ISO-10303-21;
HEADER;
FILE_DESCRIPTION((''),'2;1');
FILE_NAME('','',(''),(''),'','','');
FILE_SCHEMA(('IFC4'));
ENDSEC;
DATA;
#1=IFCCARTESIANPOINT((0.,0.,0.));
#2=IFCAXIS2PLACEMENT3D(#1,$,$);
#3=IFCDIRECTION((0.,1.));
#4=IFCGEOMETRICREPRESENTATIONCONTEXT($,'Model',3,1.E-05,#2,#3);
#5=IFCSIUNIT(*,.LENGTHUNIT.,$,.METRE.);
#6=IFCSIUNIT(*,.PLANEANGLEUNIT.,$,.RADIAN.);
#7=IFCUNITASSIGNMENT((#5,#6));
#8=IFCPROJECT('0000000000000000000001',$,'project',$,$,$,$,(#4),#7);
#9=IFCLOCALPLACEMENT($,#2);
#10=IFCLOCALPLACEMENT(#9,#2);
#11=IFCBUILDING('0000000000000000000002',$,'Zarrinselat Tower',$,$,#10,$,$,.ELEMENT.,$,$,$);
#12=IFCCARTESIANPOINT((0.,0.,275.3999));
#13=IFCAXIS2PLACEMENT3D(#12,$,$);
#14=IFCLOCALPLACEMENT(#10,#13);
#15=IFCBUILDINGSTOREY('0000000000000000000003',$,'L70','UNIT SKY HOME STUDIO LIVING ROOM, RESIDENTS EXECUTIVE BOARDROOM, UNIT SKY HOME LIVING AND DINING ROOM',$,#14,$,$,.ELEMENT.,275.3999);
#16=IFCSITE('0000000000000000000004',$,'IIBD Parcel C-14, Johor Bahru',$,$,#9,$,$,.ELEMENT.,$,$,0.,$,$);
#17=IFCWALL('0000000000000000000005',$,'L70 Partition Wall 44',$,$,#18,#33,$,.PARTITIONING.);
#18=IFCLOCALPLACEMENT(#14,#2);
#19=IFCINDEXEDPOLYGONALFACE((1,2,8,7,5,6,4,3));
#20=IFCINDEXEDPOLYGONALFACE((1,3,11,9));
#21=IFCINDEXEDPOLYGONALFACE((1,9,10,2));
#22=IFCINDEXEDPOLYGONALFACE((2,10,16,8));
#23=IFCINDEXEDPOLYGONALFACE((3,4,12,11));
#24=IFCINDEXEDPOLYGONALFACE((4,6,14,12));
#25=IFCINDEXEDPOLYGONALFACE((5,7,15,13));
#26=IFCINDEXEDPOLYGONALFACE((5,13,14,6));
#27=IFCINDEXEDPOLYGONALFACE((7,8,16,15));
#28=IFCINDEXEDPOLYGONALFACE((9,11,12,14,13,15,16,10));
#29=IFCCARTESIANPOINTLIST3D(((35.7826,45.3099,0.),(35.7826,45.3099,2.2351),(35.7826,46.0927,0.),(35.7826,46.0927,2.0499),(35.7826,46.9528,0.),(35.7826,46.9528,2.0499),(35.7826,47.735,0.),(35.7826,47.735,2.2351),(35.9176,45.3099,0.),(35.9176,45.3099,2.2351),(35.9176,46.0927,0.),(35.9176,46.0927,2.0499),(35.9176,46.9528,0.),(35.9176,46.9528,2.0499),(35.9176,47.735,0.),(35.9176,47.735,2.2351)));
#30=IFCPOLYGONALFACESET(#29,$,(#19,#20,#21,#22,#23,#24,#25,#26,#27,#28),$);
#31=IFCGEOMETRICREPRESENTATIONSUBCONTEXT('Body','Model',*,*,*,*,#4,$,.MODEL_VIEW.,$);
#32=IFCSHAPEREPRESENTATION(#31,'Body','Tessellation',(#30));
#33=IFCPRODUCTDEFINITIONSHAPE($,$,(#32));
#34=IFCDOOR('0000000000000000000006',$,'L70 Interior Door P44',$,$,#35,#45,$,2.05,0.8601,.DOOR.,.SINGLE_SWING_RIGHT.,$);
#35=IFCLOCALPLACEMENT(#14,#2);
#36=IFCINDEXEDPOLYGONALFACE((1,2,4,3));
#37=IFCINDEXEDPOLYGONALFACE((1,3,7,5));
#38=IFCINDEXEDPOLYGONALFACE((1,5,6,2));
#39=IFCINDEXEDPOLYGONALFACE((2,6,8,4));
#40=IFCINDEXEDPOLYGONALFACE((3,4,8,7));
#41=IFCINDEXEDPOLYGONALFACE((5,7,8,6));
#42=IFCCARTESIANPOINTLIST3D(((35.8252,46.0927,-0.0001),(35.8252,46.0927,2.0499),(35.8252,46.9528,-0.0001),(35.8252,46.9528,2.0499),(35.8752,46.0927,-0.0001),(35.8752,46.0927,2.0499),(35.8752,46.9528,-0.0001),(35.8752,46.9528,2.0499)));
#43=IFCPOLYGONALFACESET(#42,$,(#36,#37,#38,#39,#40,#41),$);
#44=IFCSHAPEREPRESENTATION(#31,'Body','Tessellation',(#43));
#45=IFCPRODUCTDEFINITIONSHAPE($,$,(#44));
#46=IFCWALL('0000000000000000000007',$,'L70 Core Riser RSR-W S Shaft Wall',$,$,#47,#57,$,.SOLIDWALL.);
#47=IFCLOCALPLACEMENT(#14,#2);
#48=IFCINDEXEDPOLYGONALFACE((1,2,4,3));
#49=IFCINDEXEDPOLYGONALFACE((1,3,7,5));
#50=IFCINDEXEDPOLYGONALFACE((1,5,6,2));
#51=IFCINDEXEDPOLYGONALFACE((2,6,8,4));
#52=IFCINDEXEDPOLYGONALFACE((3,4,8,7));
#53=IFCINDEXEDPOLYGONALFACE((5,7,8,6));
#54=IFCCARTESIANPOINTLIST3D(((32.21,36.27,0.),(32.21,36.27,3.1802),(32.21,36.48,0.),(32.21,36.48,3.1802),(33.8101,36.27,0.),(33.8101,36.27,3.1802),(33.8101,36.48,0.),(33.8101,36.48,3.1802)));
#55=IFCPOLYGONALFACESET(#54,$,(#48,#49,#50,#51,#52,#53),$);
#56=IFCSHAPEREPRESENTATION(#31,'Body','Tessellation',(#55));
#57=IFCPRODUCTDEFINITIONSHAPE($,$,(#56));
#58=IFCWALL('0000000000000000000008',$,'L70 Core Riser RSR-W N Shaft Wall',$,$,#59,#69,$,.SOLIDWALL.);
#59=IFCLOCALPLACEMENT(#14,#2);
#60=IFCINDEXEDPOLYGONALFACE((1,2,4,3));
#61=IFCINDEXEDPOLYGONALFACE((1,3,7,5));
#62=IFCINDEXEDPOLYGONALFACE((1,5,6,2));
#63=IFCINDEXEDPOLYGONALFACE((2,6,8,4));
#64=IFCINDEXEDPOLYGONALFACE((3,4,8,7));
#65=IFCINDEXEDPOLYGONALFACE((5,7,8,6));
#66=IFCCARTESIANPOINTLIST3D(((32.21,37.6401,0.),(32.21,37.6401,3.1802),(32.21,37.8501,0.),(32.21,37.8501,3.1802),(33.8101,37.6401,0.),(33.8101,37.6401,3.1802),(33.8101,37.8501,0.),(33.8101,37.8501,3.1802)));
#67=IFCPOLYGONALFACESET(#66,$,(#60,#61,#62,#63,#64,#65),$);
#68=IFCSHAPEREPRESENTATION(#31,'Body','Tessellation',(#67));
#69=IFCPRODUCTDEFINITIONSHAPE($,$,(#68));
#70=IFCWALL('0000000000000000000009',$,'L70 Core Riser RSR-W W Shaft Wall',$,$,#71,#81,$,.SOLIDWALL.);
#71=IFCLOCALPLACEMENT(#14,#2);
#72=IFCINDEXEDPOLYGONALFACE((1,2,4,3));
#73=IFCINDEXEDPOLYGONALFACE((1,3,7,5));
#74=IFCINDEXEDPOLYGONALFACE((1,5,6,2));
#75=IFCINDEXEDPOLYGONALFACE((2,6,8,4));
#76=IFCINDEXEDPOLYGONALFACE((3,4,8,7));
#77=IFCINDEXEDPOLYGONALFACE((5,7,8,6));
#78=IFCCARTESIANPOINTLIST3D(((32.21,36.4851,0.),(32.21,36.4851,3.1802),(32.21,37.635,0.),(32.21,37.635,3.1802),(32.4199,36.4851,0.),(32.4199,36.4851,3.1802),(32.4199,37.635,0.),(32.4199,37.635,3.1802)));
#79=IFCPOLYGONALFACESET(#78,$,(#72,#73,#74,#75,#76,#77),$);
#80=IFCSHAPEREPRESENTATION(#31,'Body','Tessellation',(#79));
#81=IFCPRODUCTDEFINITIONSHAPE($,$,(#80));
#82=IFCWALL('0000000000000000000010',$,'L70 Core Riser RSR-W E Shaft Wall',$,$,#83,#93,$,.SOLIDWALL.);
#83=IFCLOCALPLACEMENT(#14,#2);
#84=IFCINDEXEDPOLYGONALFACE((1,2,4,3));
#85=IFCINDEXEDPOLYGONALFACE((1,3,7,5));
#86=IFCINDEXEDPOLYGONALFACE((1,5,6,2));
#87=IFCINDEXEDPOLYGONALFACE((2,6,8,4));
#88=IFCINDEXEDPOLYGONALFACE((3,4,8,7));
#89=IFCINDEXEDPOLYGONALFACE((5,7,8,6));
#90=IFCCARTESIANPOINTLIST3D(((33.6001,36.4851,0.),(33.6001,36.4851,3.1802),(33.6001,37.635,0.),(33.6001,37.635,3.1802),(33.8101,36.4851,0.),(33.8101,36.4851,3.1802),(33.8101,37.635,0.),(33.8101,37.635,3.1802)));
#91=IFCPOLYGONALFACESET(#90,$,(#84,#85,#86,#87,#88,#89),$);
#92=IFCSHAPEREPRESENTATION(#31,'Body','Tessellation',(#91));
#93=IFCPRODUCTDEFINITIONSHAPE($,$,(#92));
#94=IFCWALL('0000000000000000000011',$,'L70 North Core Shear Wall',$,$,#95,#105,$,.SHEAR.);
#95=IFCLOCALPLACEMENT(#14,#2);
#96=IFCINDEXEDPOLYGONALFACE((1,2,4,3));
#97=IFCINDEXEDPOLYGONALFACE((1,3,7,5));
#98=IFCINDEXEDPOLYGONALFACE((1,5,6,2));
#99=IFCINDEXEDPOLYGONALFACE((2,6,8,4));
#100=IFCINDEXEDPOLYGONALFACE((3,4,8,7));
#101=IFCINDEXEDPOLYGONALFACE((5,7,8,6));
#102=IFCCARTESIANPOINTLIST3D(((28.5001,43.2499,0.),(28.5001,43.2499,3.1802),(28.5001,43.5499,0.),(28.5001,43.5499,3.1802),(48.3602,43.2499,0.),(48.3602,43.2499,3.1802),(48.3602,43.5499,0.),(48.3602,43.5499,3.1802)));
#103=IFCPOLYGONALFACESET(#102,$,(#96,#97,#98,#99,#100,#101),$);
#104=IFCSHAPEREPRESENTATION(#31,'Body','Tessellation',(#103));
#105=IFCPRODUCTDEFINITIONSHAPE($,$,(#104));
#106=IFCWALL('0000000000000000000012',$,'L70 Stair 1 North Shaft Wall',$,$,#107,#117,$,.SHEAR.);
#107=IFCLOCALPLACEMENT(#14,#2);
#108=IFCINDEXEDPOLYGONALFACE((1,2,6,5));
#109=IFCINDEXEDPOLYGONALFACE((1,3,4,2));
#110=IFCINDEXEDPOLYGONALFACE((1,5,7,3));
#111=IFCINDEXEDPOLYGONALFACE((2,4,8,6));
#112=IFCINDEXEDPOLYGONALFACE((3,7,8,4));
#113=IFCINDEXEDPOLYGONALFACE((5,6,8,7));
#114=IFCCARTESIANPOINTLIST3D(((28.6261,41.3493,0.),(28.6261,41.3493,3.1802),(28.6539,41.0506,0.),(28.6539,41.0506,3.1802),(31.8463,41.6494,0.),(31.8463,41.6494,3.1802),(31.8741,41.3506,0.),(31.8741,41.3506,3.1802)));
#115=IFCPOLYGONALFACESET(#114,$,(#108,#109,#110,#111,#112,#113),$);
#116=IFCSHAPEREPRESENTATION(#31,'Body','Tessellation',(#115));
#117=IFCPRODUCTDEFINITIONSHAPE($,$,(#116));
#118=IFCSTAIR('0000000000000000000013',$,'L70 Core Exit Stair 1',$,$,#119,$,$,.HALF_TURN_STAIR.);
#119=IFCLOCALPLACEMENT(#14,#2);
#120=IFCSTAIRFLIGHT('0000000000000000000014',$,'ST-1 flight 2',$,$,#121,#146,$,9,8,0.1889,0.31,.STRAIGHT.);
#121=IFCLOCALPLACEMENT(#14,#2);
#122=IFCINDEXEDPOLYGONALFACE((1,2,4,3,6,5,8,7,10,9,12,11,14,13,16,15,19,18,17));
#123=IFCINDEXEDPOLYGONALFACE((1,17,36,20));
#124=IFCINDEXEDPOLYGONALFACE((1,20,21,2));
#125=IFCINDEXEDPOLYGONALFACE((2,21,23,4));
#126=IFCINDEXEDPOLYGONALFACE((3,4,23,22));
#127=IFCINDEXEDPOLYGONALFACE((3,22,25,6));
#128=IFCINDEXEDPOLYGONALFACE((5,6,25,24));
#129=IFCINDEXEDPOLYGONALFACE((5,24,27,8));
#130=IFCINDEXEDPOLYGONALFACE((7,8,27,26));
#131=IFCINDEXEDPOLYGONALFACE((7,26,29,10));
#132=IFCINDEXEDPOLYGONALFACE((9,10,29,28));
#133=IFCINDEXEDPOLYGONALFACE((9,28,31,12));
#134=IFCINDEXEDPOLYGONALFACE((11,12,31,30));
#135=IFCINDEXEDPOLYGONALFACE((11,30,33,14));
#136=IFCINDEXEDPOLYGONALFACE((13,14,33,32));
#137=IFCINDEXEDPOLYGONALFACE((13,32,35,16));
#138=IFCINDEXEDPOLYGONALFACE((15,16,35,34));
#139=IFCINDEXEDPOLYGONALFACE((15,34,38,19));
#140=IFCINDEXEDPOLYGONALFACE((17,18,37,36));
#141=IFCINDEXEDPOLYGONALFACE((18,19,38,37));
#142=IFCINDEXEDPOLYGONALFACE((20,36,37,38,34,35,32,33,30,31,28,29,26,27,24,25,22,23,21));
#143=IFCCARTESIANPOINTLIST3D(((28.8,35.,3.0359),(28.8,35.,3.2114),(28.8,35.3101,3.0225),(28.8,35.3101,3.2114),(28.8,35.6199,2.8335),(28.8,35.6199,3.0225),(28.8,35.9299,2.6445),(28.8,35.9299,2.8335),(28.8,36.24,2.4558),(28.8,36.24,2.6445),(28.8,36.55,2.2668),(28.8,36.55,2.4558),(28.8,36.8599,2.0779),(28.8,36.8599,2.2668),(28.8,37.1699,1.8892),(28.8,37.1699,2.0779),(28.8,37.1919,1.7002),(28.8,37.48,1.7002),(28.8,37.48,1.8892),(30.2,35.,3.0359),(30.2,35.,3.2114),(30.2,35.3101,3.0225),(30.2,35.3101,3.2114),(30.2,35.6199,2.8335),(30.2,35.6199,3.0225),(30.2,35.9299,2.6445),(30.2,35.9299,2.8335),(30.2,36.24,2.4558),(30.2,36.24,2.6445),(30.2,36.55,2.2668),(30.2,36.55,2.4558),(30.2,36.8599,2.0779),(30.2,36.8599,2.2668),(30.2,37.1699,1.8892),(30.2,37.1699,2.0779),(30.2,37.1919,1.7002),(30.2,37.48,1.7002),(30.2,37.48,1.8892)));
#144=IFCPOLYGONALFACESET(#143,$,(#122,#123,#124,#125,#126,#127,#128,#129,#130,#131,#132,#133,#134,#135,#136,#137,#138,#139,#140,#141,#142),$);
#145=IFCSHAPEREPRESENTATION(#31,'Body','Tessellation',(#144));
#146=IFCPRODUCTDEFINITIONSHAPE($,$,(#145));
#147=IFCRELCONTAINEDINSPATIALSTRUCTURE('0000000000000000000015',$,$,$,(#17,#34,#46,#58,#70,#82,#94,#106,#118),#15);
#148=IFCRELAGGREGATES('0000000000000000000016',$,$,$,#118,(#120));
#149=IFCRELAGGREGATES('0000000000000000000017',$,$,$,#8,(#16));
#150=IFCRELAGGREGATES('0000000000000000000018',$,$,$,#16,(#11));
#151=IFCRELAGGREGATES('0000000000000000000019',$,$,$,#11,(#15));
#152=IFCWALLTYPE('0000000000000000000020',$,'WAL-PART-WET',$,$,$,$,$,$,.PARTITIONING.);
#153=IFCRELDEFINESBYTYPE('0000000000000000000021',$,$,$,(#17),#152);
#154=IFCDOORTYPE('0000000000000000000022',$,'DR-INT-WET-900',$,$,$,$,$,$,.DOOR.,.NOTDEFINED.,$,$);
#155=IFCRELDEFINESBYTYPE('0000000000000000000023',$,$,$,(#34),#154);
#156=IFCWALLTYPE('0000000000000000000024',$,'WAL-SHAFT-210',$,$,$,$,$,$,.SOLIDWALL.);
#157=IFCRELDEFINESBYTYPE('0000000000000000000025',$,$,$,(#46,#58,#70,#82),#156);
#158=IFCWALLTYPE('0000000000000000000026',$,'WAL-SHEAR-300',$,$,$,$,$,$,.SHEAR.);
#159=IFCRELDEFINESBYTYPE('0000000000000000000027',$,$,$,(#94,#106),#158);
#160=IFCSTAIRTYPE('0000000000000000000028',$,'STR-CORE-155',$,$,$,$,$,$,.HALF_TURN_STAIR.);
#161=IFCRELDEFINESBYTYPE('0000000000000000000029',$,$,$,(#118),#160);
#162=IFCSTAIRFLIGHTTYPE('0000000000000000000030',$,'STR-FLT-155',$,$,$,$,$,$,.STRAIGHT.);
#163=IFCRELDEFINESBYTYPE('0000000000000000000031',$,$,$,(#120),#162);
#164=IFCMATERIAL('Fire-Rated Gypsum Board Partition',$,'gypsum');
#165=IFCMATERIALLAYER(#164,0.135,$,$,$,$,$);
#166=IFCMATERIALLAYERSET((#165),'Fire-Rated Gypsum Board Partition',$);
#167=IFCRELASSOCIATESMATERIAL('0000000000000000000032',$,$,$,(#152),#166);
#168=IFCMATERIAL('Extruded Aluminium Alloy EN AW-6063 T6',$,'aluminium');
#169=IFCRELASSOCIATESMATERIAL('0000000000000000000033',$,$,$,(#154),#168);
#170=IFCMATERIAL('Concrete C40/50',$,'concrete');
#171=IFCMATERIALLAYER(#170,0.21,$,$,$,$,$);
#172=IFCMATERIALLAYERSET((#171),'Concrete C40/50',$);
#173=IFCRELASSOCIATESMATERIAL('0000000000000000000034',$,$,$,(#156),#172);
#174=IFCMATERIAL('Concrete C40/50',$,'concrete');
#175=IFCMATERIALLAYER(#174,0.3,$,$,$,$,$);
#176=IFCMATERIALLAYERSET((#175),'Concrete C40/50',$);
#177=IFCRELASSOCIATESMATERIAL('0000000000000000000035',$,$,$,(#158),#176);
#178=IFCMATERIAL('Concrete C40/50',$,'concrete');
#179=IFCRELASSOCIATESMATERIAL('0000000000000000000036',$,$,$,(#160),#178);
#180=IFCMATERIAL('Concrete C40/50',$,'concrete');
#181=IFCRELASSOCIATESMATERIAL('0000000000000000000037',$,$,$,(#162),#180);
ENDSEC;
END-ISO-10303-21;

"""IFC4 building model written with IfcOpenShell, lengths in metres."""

from ifc_helpers import new_model, si_unit, direction, frame, frame_2d, origin, place, context, subcontext, project, spatial, polyline, rectangle, outline, extrude, material, layer, layer_set, type_object, element, fill, aggregate, save


model = new_model("IFC4")

# Units and contexts
model_context = context("Model", 3, precision=1e-05, world=origin(), true_north=direction((0.0, 1.0)))
body_context = subcontext(model_context, "Body", "Model", "MODEL_VIEW")
ifc_project = project(units=[si_unit("LENGTHUNIT", "METRE"), si_unit("PLANEANGLEUNIT", "RADIAN")], contexts=[model_context])

# Site, building, storey
site_placement = place(None, origin())
site = spatial("IfcSite", under=ifc_project, at=site_placement, Name="IIBD Parcel C-14, Johor Bahru", CompositionType="ELEMENT", RefElevation=0.0)
building_placement = place(site_placement, origin())
building = spatial("IfcBuilding", under=site, at=building_placement, Name="Zarrinselat Tower", CompositionType="ELEMENT")
storey_placement = place(building_placement, frame((0.0, 0.0, 275.3999)))
storey = spatial("IfcBuildingStorey", under=building, at=storey_placement, Name="L70", Description="UNIT SKY HOME STUDIO LIVING ROOM, RESIDENTS EXECUTIVE BOARDROOM, UNIT SKY HOME LIVING AND DINING ROOM", CompositionType="ELEMENT", Elevation=275.3999)

# Wall, opening, door
ifc_material_1 = material(Name="Fire-Rated Gypsum Board Partition", Category="gypsum")
ifc_layer_1 = layer(ifc_material_1, 0.135)
ifc_layer_set_1 = layer_set([ifc_layer_1], Name="Fire-Rated Gypsum Board Partition")
wall_type_1 = type_object("IfcWallType", Name="WAL-PART-WET", PredefinedType="PARTITIONING", material=ifc_layer_set_1)
wall_1_placement = place(storey_placement, frame((35.8501, 45.3101, 0.0), z_axis=(0.0, 0.0, 1.0), x_axis=(0.0, 1.0, 0.0)))
wall_1 = element("IfcWall", 1, at=wall_1_placement, inside=storey, type_object=wall_type_1, Name="L70 Partition Wall 44", PredefinedType="PARTITIONING", context=body_context, shape_type="SweptSolid", body=[
    extrude(rectangle(XDim=2.425, YDim=0.135, at=frame_2d((1.2124, 0.0))), origin(), (0.0, 0.0, 1.0), 2.2351),
])
opening_placement = place(wall_1_placement, frame((0.7825, 0.0, 0.0)))
opening = element("IfcOpeningElement", 2, at=opening_placement, cuts=wall_1, PredefinedType="OPENING", context=body_context, shape_type="SweptSolid", body=[
    extrude(rectangle(XDim=0.8601, YDim=2.05, at=frame_2d((0.4302, 1.0249))), frame((0.0, 0.0774, 0.0), z_axis=(0.0, -1.0, 0.0), x_axis=(1.0, 0.0, 0.0)), (0.0, 0.0, 1.0), 0.155),
])
ifc_material_2 = material(Name="Extruded Aluminium Alloy EN AW-6063 T6", Category="aluminium")
door_type = type_object("IfcDoorType", Name="DR-INT-WET-900", OperationType="NOTDEFINED", PredefinedType="DOOR", material=ifc_material_2)
door_placement = place(opening_placement, origin())
door = element("IfcDoor", 3, at=door_placement, inside=storey, type_object=door_type, Name="L70 Interior Door P44", OperationType="SINGLE_SWING_RIGHT", OverallHeight=2.05, OverallWidth=0.8601, PredefinedType="DOOR", context=body_context, shape_type="SweptSolid", body=[
    extrude(rectangle(XDim=0.8601, YDim=2.05, at=frame_2d((0.4302, 1.0249))), frame((0.0, 0.0249, 0.0), z_axis=(0.0, -1.0, 0.0), x_axis=(1.0, 0.0, 0.0)), (0.0, 0.0, 1.0), 0.05),
])
fill(opening, door)

# Walls
ifc_material_3 = material(Name="Concrete C40/50", Category="concrete")
ifc_layer_2 = layer(ifc_material_3, 0.21)
ifc_layer_set_2 = layer_set([ifc_layer_2], Name="Concrete C40/50")
wall_type_2 = type_object("IfcWallType", Name="WAL-SHAFT-210", PredefinedType="SOLIDWALL", material=ifc_layer_set_2)
for number, where, z_axis, x_axis, name in (
    (4, (32.21, 36.375, 0.0), (0.0, 0.0, 1.0), (1.0, 0.0, 0.0), "L70 Core Riser RSR-W S Shaft Wall"),
    (5, (32.21, 37.7451, 0.0), (0.0, 0.0, 1.0), (1.0, 0.0, 0.0), "L70 Core Riser RSR-W N Shaft Wall"),
):
    element("IfcWall", number, at=place(storey_placement, frame(where, z_axis=z_axis, x_axis=x_axis)), inside=storey, type_object=wall_type_2, Name=name, PredefinedType="SOLIDWALL", context=body_context, shape_type="SweptSolid", body=[
        extrude(rectangle(XDim=1.6001, YDim=0.21, at=frame_2d((0.8, 0.0))), origin(), (0.0, 0.0, 1.0), 3.1802),
    ])
for number, where, z_axis, x_axis, name in (
    (6, (32.3149, 36.4851, 0.0), (0.0, 0.0, 1.0), (0.0, 1.0, 0.0), "L70 Core Riser RSR-W W Shaft Wall"),
    (7, (33.7051, 36.4851, 0.0), (0.0, 0.0, 1.0), (0.0, 1.0, 0.0), "L70 Core Riser RSR-W E Shaft Wall"),
):
    element("IfcWall", number, at=place(storey_placement, frame(where, z_axis=z_axis, x_axis=x_axis)), inside=storey, type_object=wall_type_2, Name=name, PredefinedType="SOLIDWALL", context=body_context, shape_type="SweptSolid", body=[
        extrude(rectangle(XDim=1.1499, YDim=0.21, at=frame_2d((0.575, 0.0))), origin(), (0.0, 0.0, 1.0), 3.1802),
    ])
ifc_material_4 = material(Name="Concrete C40/50", Category="concrete")
ifc_layer_3 = layer(ifc_material_4, 0.3)
ifc_layer_set_3 = layer_set([ifc_layer_3], Name="Concrete C40/50")
wall_type_3 = type_object("IfcWallType", Name="WAL-SHEAR-300", PredefinedType="SHEAR", material=ifc_layer_set_3)
wall_2_placement = place(storey_placement, frame((28.5, 43.3999, 0.0), z_axis=(0.0, 0.0, 1.0), x_axis=(1.0, 0.0, 0.0)))
element("IfcWall", 8, at=wall_2_placement, inside=storey, type_object=wall_type_3, Name="L70 North Core Shear Wall", PredefinedType="SHEAR", context=body_context, shape_type="SweptSolid", body=[
    extrude(rectangle(XDim=19.8601, YDim=0.3, at=frame_2d((9.9302, 0.0))), origin(), (0.0, 0.0, 1.0), 3.1802),
])
wall_3_placement = place(storey_placement, frame((28.6399, 41.2, 0.0), z_axis=(0.0, 0.0, 1.0), x_axis=(0.995687, 0.092775, 0.0)))
element("IfcWall", 9, at=wall_3_placement, inside=storey, type_object=wall_type_3, Name="L70 Stair 1 North Shaft Wall", PredefinedType="SHEAR", context=body_context, shape_type="SweptSolid", body=[
    extrude(rectangle(XDim=3.2341, YDim=0.3, at=frame_2d((1.6172, 0.0))), origin(), (0.0, 0.0, 1.0), 3.1802),
])

# Stair, stair flight
ifc_material_5 = material(Name="Concrete C40/50", Category="concrete")
stair_type = type_object("IfcStairType", Name="STR-CORE-155", PredefinedType="HALF_TURN_STAIR", material=ifc_material_5)
stair_placement = place(storey_placement, origin())
stair = element("IfcStair", 10, at=stair_placement, inside=storey, type_object=stair_type, Name="L70 Core Exit Stair 1", PredefinedType="HALF_TURN_STAIR")
ifc_material_6 = material(Name="Concrete C40/50", Category="concrete")
stair_flight_type = type_object("IfcStairFlightType", Name="STR-FLT-155", PredefinedType="STRAIGHT", material=ifc_material_6)
stair_flight_placement = place(storey_placement, frame((29.5, 37.48, 1.7002), z_axis=(0.0, 0.0, 1.0), x_axis=(0.0, -1.0, 0.0)))
stair_flight = element("IfcStairFlight", 11, at=stair_flight_placement, type_object=stair_flight_type, Name="ST-1 flight 2", NumberOfRisers=9, NumberOfTreads=8, PredefinedType="STRAIGHT", RiserHeight=0.1889, TreadLength=0.31, context=body_context, shape_type="SweptSolid", body=[
    extrude(outline(polyline([(0.0, 0.0), (0.0, 0.189), (0.3101, 0.189), (0.3101, 0.3777), (0.6201, 0.3777), (0.6201, 0.5667), (0.9299, 0.5667), (0.9299, 0.7556), (1.24, 0.7556), (1.24, 0.9443), (1.55, 0.9443), (1.55, 1.1333), (1.8601, 1.1333), (1.8601, 1.3223), (2.1699, 1.3223), (2.1699, 1.5112), (2.48, 1.5112), (2.48, 1.7), (2.48, 1.3357), (0.2881, 0.0), (0.0, 0.0)])), frame((0.0, 0.7, 0.0), z_axis=(0.0, -1.0, 0.0), x_axis=(1.0, 0.0, 0.0)), (0.0, 0.0, 1.0), 1.3999),
])
aggregate(stair, [stair_flight])

save(model, "model.ifc")
